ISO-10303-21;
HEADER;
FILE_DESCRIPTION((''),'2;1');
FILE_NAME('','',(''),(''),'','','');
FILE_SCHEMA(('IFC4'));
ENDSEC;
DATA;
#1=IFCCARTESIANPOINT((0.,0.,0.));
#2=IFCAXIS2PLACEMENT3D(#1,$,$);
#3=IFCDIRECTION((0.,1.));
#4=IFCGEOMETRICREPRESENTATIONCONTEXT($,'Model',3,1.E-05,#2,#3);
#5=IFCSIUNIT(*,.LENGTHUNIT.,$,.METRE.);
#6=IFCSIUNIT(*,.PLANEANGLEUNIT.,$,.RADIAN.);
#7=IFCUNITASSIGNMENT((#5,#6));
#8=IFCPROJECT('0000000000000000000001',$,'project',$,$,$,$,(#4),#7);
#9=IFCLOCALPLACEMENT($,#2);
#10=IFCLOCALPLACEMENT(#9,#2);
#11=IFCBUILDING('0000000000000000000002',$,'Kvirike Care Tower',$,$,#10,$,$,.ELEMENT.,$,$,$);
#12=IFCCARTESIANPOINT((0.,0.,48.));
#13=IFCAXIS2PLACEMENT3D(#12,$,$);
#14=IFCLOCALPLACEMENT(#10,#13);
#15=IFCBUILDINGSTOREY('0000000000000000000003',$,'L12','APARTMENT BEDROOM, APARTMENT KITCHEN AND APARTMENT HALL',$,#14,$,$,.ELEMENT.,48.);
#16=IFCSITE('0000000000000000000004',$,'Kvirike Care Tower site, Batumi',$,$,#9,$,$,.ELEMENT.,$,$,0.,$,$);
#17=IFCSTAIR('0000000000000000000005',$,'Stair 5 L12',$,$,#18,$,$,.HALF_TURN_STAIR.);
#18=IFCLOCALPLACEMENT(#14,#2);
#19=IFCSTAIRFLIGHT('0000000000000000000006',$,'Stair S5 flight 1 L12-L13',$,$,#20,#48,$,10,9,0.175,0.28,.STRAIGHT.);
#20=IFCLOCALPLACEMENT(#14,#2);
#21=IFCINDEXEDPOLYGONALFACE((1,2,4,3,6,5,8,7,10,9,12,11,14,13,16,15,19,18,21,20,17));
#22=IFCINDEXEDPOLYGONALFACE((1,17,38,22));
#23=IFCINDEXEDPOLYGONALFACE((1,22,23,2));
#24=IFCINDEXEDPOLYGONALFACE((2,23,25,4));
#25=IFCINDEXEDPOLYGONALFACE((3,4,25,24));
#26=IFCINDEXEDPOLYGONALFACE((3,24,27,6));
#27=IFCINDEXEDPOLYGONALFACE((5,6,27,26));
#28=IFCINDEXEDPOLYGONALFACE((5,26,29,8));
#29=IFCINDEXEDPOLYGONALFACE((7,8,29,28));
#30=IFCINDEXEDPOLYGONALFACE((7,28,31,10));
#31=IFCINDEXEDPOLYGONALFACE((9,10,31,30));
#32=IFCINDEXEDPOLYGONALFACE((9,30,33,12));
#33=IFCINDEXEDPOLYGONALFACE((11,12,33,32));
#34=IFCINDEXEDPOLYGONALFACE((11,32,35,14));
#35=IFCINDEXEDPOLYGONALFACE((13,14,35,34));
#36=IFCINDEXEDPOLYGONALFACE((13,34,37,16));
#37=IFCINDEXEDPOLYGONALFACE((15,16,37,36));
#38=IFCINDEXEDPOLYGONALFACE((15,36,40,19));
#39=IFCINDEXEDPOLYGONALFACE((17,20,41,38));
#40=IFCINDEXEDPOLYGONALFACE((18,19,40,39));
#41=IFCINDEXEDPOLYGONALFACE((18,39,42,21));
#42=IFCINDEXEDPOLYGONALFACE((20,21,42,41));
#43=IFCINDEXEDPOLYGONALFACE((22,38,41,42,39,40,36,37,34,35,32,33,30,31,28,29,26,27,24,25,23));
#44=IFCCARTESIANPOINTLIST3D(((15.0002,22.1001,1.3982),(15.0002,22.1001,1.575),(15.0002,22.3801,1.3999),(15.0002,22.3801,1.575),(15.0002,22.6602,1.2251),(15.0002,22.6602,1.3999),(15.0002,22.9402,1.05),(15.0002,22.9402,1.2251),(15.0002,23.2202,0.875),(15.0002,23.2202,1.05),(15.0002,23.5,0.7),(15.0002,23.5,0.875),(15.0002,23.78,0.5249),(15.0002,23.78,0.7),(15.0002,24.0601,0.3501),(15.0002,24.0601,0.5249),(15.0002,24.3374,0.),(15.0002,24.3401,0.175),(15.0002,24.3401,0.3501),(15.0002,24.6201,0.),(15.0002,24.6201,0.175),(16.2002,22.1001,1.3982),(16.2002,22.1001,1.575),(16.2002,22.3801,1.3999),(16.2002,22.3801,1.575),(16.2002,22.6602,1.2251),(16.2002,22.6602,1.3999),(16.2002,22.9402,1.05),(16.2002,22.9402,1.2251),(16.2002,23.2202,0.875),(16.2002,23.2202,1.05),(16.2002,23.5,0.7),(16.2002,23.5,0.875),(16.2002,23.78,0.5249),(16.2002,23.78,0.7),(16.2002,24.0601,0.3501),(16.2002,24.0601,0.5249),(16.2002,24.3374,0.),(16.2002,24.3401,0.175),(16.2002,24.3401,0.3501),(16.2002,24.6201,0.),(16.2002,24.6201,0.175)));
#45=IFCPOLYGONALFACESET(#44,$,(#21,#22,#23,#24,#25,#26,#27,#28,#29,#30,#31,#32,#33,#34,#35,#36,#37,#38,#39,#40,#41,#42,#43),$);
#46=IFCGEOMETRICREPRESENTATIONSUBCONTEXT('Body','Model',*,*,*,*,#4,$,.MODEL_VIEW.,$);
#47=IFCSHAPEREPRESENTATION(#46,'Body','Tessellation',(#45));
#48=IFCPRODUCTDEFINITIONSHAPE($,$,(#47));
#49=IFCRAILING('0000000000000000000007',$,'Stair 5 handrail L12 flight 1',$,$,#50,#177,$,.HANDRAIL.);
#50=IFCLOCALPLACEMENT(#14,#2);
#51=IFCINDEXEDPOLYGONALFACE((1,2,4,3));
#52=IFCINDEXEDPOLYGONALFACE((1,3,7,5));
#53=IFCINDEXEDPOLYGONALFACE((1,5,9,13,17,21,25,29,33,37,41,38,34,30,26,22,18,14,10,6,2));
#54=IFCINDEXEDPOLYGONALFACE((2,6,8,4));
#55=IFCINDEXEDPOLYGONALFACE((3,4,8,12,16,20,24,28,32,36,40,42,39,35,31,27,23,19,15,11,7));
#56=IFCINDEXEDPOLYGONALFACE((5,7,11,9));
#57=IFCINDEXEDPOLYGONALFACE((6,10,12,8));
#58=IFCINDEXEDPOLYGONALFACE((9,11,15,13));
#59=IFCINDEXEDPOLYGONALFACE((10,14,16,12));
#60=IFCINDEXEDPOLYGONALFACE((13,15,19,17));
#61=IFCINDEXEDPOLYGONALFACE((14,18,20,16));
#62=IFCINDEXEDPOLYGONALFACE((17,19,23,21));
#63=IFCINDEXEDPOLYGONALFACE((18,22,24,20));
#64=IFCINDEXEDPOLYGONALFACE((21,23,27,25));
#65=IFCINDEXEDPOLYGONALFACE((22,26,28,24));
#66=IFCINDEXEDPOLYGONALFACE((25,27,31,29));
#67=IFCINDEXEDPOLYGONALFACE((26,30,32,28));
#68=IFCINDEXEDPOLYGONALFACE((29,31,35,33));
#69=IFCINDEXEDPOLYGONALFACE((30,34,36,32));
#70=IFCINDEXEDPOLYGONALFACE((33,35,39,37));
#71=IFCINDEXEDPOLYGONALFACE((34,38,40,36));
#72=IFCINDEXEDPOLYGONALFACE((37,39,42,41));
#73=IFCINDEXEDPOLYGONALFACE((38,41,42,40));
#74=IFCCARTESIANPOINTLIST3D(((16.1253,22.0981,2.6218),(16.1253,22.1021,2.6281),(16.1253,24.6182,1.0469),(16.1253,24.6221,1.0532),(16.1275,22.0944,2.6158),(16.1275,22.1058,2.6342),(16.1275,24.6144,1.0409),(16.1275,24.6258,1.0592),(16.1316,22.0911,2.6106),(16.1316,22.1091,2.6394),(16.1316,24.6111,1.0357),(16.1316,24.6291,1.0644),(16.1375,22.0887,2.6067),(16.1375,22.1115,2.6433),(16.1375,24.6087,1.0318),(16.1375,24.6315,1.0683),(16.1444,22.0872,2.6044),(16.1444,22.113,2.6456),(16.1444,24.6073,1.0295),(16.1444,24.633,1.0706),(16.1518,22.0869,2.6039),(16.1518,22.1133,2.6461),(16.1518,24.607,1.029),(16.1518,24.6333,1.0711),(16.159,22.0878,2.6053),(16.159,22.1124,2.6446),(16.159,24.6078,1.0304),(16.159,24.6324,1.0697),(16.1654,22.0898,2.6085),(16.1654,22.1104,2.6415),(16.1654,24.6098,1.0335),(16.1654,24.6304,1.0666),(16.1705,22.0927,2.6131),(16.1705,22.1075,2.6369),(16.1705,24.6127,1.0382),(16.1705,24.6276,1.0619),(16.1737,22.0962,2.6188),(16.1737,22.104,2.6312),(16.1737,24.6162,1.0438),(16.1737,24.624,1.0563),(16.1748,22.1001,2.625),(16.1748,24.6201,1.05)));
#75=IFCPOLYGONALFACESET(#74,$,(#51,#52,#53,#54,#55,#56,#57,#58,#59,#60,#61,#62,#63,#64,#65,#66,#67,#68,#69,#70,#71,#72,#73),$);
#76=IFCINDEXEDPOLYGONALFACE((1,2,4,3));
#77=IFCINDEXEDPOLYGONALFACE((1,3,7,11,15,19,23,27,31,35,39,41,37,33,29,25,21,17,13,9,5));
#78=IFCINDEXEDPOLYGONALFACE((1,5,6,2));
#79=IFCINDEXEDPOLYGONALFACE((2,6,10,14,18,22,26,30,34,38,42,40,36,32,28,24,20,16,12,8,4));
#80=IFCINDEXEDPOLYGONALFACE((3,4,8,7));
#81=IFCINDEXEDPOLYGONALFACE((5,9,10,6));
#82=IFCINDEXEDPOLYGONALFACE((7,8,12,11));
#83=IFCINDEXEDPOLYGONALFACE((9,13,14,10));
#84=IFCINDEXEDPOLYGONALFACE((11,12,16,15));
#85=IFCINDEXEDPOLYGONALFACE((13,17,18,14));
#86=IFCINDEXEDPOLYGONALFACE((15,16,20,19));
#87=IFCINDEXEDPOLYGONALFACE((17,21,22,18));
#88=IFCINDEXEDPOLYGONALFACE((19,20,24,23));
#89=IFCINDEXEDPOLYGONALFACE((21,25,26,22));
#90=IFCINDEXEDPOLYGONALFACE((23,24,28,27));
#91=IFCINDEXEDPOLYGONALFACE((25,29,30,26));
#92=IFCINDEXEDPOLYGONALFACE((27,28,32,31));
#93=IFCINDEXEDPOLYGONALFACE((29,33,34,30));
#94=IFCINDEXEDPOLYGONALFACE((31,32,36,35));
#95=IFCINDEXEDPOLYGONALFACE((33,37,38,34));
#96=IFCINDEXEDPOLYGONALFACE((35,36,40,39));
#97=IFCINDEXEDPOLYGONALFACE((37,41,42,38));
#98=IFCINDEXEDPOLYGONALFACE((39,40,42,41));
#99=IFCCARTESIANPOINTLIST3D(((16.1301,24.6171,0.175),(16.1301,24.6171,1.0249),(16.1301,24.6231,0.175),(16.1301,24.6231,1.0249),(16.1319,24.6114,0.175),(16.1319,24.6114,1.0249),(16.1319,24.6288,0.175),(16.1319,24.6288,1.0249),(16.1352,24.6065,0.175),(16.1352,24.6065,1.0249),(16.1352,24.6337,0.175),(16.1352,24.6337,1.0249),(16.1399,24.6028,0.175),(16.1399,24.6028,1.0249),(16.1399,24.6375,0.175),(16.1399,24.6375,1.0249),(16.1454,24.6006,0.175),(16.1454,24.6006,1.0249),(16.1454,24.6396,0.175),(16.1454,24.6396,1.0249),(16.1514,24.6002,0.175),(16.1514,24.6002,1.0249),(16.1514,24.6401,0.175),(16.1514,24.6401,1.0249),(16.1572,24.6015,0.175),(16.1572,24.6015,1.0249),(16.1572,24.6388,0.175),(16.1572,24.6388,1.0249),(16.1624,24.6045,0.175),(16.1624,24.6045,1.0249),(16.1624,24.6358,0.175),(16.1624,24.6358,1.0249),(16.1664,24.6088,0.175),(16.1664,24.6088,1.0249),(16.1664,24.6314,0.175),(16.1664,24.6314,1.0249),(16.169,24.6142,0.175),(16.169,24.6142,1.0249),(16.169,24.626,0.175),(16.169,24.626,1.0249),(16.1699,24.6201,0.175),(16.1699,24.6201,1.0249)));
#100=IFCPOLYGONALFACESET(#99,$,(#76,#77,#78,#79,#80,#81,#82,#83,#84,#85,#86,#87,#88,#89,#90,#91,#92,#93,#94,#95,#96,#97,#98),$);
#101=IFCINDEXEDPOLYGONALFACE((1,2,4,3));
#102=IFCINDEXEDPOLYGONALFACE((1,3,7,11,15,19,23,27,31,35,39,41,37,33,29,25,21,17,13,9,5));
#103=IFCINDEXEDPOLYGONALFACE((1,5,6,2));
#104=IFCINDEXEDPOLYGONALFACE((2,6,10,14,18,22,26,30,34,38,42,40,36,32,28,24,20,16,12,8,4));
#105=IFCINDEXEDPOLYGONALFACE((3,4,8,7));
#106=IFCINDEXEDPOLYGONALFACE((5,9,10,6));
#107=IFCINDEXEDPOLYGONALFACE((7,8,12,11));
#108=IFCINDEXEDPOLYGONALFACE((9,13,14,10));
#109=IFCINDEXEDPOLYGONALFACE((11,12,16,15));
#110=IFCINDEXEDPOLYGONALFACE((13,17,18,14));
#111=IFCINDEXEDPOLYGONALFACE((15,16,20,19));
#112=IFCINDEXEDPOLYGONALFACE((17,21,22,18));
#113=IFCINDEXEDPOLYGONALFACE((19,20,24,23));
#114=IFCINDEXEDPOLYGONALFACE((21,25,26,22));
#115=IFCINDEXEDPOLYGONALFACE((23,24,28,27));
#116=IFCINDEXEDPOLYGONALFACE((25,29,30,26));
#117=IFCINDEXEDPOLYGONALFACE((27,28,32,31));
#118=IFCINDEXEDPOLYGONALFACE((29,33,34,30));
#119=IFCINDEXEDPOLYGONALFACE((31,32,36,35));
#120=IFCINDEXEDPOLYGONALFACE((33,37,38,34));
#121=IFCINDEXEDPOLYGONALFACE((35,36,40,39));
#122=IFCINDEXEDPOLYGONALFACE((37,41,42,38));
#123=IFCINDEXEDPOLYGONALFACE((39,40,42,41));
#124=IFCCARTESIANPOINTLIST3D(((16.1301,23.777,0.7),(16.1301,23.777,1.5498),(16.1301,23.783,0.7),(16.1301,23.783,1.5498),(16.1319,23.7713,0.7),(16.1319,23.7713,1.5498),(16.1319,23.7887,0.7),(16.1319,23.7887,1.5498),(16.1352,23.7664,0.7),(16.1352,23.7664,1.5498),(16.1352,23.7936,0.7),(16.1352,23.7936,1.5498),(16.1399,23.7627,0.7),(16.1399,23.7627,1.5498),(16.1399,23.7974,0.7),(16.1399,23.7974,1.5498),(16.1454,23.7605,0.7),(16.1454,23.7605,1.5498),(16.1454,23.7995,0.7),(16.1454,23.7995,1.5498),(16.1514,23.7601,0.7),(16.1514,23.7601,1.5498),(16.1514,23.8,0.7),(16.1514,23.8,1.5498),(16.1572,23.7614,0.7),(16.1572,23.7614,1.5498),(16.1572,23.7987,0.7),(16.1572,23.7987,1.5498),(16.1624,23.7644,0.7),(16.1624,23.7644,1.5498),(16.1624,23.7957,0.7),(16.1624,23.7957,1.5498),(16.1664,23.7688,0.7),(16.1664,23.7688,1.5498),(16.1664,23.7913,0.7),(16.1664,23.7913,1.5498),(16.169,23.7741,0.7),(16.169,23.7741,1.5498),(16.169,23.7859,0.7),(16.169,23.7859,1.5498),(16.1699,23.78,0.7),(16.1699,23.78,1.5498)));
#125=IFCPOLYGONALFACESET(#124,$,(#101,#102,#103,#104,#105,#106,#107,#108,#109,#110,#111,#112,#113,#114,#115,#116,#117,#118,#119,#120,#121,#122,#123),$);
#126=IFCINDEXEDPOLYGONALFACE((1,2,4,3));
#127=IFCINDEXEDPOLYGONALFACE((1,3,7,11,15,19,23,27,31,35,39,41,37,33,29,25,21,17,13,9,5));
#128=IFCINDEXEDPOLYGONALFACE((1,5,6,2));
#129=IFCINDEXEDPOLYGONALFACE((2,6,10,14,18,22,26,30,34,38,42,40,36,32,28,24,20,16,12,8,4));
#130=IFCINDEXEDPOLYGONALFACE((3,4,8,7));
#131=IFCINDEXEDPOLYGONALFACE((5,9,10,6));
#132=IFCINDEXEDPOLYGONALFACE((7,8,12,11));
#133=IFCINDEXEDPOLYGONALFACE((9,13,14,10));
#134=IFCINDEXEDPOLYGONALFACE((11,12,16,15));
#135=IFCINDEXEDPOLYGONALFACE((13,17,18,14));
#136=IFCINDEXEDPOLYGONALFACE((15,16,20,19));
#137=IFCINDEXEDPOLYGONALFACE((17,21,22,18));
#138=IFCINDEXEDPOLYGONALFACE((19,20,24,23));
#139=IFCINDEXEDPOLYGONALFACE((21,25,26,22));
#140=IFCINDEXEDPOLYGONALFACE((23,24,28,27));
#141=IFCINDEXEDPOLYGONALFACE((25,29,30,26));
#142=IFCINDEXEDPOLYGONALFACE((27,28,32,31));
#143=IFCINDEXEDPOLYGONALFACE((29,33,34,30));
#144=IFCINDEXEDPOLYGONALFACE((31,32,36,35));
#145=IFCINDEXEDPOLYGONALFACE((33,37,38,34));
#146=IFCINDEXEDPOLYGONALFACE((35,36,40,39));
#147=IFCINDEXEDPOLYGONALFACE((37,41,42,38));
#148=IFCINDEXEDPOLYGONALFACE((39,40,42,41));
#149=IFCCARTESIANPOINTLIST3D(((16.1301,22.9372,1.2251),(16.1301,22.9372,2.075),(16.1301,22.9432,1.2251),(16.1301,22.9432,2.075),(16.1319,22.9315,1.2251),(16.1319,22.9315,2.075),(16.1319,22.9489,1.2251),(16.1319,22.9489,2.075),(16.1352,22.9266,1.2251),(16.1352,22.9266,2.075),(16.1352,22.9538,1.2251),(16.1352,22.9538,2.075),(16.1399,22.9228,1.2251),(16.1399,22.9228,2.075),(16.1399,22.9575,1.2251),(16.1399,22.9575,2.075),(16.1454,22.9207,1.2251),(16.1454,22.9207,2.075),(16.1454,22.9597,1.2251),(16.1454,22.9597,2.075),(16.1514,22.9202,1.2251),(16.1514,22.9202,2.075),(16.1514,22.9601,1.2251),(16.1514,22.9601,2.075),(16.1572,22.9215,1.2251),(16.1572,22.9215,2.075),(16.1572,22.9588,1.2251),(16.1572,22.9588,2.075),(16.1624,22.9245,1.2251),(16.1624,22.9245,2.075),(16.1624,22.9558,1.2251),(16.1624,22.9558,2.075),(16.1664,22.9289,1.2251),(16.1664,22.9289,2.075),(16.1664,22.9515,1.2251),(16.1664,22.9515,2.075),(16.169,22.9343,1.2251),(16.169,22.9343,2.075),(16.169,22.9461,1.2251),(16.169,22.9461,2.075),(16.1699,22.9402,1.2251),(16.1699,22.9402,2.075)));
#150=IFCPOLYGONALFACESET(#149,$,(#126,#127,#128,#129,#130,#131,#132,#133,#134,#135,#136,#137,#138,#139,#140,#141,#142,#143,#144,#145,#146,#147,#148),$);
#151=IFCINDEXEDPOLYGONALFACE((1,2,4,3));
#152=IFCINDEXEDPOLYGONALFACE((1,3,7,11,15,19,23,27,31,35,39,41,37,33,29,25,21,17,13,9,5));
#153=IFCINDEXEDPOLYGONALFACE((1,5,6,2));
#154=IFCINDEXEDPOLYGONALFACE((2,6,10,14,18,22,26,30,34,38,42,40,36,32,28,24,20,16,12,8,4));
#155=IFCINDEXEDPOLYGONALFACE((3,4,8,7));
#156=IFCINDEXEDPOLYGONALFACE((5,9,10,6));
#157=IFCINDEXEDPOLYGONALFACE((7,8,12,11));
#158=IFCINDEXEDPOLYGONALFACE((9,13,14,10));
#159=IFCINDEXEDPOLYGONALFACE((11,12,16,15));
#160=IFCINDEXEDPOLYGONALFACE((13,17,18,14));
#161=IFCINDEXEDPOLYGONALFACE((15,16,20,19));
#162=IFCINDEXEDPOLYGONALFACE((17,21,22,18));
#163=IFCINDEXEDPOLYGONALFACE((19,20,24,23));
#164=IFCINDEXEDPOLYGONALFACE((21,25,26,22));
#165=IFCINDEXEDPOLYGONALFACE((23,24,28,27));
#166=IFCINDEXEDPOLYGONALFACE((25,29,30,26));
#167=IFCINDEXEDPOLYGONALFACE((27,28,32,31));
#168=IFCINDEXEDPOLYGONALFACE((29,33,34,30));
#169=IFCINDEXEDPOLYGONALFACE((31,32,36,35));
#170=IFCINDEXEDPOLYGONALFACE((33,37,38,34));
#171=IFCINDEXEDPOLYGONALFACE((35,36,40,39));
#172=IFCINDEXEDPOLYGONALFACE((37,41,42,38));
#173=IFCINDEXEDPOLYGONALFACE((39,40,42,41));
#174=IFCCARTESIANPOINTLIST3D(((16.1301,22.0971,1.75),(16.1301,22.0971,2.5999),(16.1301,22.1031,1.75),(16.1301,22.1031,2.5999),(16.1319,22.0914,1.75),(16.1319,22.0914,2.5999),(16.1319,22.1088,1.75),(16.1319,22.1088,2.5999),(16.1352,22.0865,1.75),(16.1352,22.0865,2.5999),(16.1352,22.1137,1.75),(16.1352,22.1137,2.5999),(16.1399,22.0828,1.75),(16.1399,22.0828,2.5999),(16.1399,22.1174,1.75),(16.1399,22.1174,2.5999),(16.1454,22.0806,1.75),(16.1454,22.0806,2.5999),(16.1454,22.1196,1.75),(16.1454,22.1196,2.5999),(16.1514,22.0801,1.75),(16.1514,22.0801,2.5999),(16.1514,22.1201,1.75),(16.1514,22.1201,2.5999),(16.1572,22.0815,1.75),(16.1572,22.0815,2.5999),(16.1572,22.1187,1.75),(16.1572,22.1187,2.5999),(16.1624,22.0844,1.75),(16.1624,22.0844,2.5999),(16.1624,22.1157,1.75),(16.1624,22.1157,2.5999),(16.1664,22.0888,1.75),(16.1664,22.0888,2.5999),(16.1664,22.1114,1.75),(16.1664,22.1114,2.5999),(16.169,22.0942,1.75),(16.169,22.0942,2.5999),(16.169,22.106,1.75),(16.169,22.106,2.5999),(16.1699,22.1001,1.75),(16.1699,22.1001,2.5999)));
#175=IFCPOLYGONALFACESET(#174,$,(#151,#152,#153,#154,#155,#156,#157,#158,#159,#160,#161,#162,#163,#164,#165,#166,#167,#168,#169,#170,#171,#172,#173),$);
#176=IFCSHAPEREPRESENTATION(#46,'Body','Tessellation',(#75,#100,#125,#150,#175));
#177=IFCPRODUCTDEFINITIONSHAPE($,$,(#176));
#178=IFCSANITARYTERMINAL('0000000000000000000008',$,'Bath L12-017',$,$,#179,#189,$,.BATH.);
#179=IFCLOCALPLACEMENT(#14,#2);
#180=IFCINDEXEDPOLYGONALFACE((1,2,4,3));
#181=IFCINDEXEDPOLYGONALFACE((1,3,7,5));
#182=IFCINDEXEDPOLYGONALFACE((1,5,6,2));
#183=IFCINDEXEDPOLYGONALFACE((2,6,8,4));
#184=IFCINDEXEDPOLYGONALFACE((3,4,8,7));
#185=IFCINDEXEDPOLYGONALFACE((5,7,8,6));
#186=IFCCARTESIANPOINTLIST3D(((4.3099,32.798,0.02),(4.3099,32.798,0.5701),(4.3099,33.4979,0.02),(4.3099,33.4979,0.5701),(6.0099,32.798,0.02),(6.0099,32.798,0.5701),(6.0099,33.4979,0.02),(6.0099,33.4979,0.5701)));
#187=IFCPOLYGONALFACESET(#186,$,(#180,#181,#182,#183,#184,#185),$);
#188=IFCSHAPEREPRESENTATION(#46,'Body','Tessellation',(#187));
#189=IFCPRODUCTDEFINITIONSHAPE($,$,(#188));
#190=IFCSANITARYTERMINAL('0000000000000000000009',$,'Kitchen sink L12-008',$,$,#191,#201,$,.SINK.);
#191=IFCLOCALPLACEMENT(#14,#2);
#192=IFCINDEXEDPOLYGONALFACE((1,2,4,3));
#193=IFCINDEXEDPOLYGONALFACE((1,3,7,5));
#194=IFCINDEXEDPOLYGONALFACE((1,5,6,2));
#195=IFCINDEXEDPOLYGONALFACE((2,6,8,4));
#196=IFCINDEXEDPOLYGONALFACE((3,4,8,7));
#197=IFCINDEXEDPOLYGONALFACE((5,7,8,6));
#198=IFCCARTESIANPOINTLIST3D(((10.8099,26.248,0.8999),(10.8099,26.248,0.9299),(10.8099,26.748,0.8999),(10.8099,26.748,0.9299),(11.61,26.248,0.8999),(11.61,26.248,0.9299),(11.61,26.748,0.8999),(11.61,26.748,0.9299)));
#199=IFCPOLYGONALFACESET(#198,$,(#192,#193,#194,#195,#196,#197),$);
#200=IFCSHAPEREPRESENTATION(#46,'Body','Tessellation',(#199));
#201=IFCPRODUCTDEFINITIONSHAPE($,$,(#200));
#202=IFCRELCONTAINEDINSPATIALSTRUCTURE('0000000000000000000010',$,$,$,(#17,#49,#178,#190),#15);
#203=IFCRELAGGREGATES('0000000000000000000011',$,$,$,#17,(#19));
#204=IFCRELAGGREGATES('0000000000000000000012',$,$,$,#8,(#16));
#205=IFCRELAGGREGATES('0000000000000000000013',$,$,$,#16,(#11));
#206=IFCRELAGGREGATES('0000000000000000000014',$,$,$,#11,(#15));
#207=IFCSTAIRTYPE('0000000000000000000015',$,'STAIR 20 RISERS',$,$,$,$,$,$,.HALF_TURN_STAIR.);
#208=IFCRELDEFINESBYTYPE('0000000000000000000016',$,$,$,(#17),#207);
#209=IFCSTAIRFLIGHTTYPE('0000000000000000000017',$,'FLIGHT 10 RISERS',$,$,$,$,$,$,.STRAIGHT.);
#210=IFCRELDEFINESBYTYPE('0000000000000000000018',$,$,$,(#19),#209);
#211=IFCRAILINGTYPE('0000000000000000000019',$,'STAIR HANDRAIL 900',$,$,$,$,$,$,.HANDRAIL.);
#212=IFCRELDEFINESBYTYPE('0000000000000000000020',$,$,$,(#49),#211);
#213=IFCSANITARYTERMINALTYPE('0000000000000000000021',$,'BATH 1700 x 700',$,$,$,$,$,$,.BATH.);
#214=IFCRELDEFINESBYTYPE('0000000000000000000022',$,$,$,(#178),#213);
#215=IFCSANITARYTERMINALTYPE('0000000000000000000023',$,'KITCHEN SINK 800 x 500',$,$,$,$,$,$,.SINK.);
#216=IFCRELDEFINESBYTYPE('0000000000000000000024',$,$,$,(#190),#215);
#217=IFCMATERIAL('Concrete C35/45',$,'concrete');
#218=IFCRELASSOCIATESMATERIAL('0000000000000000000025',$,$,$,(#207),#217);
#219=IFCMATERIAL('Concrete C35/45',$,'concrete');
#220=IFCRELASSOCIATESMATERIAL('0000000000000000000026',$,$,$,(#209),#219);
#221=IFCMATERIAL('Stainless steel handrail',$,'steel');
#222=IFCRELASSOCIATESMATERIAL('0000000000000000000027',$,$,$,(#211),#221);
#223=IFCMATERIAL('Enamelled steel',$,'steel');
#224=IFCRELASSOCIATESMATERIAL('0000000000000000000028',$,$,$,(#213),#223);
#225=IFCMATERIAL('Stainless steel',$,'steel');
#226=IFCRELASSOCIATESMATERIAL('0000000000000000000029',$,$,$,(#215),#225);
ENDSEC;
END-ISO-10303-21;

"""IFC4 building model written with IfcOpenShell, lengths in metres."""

from ifc_helpers import new_model, si_unit, direction, frame, origin, origin_2d, place, context, subcontext, project, spatial, polyline, rectangle, circle, outline, extrude, material, type_object, element, aggregate, save


model = new_model("IFC4")

# Units and contexts
model_context = context("Model", 3, precision=1e-05, world=origin(), true_north=direction((0.0, 1.0)))
body_context = subcontext(model_context, "Body", "Model", "MODEL_VIEW")
ifc_project = project(units=[si_unit("LENGTHUNIT", "METRE"), si_unit("PLANEANGLEUNIT", "RADIAN")], contexts=[model_context])

# Site, building, storey
site_placement = place(None, origin())
site = spatial("IfcSite", under=ifc_project, at=site_placement, Name="Kvirike Care Tower site, Batumi", CompositionType="ELEMENT", RefElevation=0.0)
building_placement = place(site_placement, origin())
building = spatial("IfcBuilding", under=site, at=building_placement, Name="Kvirike Care Tower", CompositionType="ELEMENT")
storey_placement = place(building_placement, frame((0.0, 0.0, 48.0)))
storey = spatial("IfcBuildingStorey", under=building, at=storey_placement, Name="L12", Description="APARTMENT BEDROOM, APARTMENT KITCHEN AND APARTMENT HALL", CompositionType="ELEMENT", Elevation=48.0)

# Stair, stair flight
ifc_material_1 = material(Name="Concrete C35/45", Category="concrete")
stair_type = type_object("IfcStairType", Name="STAIR 20 RISERS", PredefinedType="HALF_TURN_STAIR", material=ifc_material_1)
stair_placement = place(storey_placement, origin())
stair = element("IfcStair", 1, at=stair_placement, inside=storey, type_object=stair_type, Name="Stair 5 L12", PredefinedType="HALF_TURN_STAIR")
ifc_material_2 = material(Name="Concrete C35/45", Category="concrete")
stair_flight_type = type_object("IfcStairFlightType", Name="FLIGHT 10 RISERS", PredefinedType="STRAIGHT", material=ifc_material_2)
stair_flight_placement = place(storey_placement, frame((15.6001, 24.6201, 0.0), z_axis=(0.0, 0.0, 1.0), x_axis=(0.0, -1.0, 0.0)))
stair_flight = element("IfcStairFlight", 2, at=stair_flight_placement, type_object=stair_flight_type, Name="Stair S5 flight 1 L12-L13", NumberOfRisers=10, NumberOfTreads=9, PredefinedType="STRAIGHT", RiserHeight=0.175, TreadLength=0.28, context=body_context, shape_type="SweptSolid", body=[
    extrude(outline(polyline([(0.0, 0.0), (0.0, 0.175), (0.28, 0.175), (0.28, 0.3501), (0.5601, 0.3501), (0.5601, 0.5249), (0.8401, 0.5249), (0.8401, 0.7), (1.1201, 0.7), (1.1201, 0.875), (1.3999, 0.875), (1.3999, 1.05), (1.6799, 1.05), (1.6799, 1.2251), (1.96, 1.2251), (1.96, 1.3999), (2.24, 1.3999), (2.24, 1.575), (2.52, 1.575), (2.52, 1.75), (2.52, 1.3982), (0.2827, 0.0), (0.0, 0.0)])), frame((0.0, 0.6001, 0.0), z_axis=(0.0, -1.0, 0.0), x_axis=(1.0, 0.0, 0.0)), (0.0, 0.0, 1.0), 1.2),
])
aggregate(stair, [stair_flight])

# Railing
ifc_material_3 = material(Name="Stainless steel handrail", Category="steel")
railing_type = type_object("IfcRailingType", Name="STAIR HANDRAIL 900", PredefinedType="HANDRAIL", material=ifc_material_3)
railing_placement = place(storey_placement, frame((16.1499, 24.6201, 0.175)))
element("IfcRailing", 3, at=railing_placement, inside=storey, type_object=railing_type, Name="Stair 5 handrail L12 flight 1", PredefinedType="HANDRAIL", context=body_context, shape_type="SweptSolid", body=[
    extrude(circle(Radius=0.0249, at=origin_2d()), frame((0.0, 0.0, 0.875), z_axis=(0.0, -0.848008, 0.529984), x_axis=(1.0, 0.0, 0.0)), (0.0, 0.0, 1.0), 2.9717),
    extrude(circle(Radius=0.02, at=origin_2d()), origin(), (0.0, 0.0, 1.0), 0.8499),
    extrude(circle(Radius=0.02, at=origin_2d()), frame((0.0, -0.8401, 0.5249)), (0.0, 0.0, 1.0), 0.8499),
    extrude(circle(Radius=0.02, at=origin_2d()), frame((0.0, -1.6799, 1.05)), (0.0, 0.0, 1.0), 0.8499),
    extrude(circle(Radius=0.02, at=origin_2d()), frame((0.0, -2.52, 1.575)), (0.0, 0.0, 1.0), 0.8499),
])

# Sanitary terminals
ifc_material_4 = material(Name="Enamelled steel", Category="steel")
sanitary_terminal_type_1 = type_object("IfcSanitaryTerminalType", Name="BATH 1700 x 700", PredefinedType="BATH", material=ifc_material_4)
sanitary_terminal_1_placement = place(storey_placement, frame((5.1599, 33.1479, 0.02), z_axis=(0.0, 0.0, 1.0), x_axis=(1.0, 0.0, 0.0)))
element("IfcSanitaryTerminal", 4, at=sanitary_terminal_1_placement, inside=storey, type_object=sanitary_terminal_type_1, Name="Bath L12-017", PredefinedType="BATH", context=body_context, shape_type="SweptSolid", body=[
    extrude(rectangle(XDim=1.7, YDim=0.7, at=origin_2d()), origin(), (0.0, 0.0, 1.0), 0.55),
])
ifc_material_5 = material(Name="Stainless steel", Category="steel")
sanitary_terminal_type_2 = type_object("IfcSanitaryTerminalType", Name="KITCHEN SINK 800 x 500", PredefinedType="SINK", material=ifc_material_5)
for number, where, z_axis, x_axis, name in (
    (5, (11.21, 26.498, 0.8999), (0.0, 0.0, 1.0), (1.0, 0.0, 0.0), "Kitchen sink L12-008"),
):
    element("IfcSanitaryTerminal", number, at=place(storey_placement, frame(where, z_axis=z_axis, x_axis=x_axis)), inside=storey, type_object=sanitary_terminal_type_2, Name=name, PredefinedType="SINK", context=body_context, shape_type="SweptSolid", body=[
        extrude(rectangle(XDim=0.8, YDim=0.5, at=origin_2d()), origin(), (0.0, 0.0, 1.0), 0.03),
    ])

save(model, "model.ifc")
